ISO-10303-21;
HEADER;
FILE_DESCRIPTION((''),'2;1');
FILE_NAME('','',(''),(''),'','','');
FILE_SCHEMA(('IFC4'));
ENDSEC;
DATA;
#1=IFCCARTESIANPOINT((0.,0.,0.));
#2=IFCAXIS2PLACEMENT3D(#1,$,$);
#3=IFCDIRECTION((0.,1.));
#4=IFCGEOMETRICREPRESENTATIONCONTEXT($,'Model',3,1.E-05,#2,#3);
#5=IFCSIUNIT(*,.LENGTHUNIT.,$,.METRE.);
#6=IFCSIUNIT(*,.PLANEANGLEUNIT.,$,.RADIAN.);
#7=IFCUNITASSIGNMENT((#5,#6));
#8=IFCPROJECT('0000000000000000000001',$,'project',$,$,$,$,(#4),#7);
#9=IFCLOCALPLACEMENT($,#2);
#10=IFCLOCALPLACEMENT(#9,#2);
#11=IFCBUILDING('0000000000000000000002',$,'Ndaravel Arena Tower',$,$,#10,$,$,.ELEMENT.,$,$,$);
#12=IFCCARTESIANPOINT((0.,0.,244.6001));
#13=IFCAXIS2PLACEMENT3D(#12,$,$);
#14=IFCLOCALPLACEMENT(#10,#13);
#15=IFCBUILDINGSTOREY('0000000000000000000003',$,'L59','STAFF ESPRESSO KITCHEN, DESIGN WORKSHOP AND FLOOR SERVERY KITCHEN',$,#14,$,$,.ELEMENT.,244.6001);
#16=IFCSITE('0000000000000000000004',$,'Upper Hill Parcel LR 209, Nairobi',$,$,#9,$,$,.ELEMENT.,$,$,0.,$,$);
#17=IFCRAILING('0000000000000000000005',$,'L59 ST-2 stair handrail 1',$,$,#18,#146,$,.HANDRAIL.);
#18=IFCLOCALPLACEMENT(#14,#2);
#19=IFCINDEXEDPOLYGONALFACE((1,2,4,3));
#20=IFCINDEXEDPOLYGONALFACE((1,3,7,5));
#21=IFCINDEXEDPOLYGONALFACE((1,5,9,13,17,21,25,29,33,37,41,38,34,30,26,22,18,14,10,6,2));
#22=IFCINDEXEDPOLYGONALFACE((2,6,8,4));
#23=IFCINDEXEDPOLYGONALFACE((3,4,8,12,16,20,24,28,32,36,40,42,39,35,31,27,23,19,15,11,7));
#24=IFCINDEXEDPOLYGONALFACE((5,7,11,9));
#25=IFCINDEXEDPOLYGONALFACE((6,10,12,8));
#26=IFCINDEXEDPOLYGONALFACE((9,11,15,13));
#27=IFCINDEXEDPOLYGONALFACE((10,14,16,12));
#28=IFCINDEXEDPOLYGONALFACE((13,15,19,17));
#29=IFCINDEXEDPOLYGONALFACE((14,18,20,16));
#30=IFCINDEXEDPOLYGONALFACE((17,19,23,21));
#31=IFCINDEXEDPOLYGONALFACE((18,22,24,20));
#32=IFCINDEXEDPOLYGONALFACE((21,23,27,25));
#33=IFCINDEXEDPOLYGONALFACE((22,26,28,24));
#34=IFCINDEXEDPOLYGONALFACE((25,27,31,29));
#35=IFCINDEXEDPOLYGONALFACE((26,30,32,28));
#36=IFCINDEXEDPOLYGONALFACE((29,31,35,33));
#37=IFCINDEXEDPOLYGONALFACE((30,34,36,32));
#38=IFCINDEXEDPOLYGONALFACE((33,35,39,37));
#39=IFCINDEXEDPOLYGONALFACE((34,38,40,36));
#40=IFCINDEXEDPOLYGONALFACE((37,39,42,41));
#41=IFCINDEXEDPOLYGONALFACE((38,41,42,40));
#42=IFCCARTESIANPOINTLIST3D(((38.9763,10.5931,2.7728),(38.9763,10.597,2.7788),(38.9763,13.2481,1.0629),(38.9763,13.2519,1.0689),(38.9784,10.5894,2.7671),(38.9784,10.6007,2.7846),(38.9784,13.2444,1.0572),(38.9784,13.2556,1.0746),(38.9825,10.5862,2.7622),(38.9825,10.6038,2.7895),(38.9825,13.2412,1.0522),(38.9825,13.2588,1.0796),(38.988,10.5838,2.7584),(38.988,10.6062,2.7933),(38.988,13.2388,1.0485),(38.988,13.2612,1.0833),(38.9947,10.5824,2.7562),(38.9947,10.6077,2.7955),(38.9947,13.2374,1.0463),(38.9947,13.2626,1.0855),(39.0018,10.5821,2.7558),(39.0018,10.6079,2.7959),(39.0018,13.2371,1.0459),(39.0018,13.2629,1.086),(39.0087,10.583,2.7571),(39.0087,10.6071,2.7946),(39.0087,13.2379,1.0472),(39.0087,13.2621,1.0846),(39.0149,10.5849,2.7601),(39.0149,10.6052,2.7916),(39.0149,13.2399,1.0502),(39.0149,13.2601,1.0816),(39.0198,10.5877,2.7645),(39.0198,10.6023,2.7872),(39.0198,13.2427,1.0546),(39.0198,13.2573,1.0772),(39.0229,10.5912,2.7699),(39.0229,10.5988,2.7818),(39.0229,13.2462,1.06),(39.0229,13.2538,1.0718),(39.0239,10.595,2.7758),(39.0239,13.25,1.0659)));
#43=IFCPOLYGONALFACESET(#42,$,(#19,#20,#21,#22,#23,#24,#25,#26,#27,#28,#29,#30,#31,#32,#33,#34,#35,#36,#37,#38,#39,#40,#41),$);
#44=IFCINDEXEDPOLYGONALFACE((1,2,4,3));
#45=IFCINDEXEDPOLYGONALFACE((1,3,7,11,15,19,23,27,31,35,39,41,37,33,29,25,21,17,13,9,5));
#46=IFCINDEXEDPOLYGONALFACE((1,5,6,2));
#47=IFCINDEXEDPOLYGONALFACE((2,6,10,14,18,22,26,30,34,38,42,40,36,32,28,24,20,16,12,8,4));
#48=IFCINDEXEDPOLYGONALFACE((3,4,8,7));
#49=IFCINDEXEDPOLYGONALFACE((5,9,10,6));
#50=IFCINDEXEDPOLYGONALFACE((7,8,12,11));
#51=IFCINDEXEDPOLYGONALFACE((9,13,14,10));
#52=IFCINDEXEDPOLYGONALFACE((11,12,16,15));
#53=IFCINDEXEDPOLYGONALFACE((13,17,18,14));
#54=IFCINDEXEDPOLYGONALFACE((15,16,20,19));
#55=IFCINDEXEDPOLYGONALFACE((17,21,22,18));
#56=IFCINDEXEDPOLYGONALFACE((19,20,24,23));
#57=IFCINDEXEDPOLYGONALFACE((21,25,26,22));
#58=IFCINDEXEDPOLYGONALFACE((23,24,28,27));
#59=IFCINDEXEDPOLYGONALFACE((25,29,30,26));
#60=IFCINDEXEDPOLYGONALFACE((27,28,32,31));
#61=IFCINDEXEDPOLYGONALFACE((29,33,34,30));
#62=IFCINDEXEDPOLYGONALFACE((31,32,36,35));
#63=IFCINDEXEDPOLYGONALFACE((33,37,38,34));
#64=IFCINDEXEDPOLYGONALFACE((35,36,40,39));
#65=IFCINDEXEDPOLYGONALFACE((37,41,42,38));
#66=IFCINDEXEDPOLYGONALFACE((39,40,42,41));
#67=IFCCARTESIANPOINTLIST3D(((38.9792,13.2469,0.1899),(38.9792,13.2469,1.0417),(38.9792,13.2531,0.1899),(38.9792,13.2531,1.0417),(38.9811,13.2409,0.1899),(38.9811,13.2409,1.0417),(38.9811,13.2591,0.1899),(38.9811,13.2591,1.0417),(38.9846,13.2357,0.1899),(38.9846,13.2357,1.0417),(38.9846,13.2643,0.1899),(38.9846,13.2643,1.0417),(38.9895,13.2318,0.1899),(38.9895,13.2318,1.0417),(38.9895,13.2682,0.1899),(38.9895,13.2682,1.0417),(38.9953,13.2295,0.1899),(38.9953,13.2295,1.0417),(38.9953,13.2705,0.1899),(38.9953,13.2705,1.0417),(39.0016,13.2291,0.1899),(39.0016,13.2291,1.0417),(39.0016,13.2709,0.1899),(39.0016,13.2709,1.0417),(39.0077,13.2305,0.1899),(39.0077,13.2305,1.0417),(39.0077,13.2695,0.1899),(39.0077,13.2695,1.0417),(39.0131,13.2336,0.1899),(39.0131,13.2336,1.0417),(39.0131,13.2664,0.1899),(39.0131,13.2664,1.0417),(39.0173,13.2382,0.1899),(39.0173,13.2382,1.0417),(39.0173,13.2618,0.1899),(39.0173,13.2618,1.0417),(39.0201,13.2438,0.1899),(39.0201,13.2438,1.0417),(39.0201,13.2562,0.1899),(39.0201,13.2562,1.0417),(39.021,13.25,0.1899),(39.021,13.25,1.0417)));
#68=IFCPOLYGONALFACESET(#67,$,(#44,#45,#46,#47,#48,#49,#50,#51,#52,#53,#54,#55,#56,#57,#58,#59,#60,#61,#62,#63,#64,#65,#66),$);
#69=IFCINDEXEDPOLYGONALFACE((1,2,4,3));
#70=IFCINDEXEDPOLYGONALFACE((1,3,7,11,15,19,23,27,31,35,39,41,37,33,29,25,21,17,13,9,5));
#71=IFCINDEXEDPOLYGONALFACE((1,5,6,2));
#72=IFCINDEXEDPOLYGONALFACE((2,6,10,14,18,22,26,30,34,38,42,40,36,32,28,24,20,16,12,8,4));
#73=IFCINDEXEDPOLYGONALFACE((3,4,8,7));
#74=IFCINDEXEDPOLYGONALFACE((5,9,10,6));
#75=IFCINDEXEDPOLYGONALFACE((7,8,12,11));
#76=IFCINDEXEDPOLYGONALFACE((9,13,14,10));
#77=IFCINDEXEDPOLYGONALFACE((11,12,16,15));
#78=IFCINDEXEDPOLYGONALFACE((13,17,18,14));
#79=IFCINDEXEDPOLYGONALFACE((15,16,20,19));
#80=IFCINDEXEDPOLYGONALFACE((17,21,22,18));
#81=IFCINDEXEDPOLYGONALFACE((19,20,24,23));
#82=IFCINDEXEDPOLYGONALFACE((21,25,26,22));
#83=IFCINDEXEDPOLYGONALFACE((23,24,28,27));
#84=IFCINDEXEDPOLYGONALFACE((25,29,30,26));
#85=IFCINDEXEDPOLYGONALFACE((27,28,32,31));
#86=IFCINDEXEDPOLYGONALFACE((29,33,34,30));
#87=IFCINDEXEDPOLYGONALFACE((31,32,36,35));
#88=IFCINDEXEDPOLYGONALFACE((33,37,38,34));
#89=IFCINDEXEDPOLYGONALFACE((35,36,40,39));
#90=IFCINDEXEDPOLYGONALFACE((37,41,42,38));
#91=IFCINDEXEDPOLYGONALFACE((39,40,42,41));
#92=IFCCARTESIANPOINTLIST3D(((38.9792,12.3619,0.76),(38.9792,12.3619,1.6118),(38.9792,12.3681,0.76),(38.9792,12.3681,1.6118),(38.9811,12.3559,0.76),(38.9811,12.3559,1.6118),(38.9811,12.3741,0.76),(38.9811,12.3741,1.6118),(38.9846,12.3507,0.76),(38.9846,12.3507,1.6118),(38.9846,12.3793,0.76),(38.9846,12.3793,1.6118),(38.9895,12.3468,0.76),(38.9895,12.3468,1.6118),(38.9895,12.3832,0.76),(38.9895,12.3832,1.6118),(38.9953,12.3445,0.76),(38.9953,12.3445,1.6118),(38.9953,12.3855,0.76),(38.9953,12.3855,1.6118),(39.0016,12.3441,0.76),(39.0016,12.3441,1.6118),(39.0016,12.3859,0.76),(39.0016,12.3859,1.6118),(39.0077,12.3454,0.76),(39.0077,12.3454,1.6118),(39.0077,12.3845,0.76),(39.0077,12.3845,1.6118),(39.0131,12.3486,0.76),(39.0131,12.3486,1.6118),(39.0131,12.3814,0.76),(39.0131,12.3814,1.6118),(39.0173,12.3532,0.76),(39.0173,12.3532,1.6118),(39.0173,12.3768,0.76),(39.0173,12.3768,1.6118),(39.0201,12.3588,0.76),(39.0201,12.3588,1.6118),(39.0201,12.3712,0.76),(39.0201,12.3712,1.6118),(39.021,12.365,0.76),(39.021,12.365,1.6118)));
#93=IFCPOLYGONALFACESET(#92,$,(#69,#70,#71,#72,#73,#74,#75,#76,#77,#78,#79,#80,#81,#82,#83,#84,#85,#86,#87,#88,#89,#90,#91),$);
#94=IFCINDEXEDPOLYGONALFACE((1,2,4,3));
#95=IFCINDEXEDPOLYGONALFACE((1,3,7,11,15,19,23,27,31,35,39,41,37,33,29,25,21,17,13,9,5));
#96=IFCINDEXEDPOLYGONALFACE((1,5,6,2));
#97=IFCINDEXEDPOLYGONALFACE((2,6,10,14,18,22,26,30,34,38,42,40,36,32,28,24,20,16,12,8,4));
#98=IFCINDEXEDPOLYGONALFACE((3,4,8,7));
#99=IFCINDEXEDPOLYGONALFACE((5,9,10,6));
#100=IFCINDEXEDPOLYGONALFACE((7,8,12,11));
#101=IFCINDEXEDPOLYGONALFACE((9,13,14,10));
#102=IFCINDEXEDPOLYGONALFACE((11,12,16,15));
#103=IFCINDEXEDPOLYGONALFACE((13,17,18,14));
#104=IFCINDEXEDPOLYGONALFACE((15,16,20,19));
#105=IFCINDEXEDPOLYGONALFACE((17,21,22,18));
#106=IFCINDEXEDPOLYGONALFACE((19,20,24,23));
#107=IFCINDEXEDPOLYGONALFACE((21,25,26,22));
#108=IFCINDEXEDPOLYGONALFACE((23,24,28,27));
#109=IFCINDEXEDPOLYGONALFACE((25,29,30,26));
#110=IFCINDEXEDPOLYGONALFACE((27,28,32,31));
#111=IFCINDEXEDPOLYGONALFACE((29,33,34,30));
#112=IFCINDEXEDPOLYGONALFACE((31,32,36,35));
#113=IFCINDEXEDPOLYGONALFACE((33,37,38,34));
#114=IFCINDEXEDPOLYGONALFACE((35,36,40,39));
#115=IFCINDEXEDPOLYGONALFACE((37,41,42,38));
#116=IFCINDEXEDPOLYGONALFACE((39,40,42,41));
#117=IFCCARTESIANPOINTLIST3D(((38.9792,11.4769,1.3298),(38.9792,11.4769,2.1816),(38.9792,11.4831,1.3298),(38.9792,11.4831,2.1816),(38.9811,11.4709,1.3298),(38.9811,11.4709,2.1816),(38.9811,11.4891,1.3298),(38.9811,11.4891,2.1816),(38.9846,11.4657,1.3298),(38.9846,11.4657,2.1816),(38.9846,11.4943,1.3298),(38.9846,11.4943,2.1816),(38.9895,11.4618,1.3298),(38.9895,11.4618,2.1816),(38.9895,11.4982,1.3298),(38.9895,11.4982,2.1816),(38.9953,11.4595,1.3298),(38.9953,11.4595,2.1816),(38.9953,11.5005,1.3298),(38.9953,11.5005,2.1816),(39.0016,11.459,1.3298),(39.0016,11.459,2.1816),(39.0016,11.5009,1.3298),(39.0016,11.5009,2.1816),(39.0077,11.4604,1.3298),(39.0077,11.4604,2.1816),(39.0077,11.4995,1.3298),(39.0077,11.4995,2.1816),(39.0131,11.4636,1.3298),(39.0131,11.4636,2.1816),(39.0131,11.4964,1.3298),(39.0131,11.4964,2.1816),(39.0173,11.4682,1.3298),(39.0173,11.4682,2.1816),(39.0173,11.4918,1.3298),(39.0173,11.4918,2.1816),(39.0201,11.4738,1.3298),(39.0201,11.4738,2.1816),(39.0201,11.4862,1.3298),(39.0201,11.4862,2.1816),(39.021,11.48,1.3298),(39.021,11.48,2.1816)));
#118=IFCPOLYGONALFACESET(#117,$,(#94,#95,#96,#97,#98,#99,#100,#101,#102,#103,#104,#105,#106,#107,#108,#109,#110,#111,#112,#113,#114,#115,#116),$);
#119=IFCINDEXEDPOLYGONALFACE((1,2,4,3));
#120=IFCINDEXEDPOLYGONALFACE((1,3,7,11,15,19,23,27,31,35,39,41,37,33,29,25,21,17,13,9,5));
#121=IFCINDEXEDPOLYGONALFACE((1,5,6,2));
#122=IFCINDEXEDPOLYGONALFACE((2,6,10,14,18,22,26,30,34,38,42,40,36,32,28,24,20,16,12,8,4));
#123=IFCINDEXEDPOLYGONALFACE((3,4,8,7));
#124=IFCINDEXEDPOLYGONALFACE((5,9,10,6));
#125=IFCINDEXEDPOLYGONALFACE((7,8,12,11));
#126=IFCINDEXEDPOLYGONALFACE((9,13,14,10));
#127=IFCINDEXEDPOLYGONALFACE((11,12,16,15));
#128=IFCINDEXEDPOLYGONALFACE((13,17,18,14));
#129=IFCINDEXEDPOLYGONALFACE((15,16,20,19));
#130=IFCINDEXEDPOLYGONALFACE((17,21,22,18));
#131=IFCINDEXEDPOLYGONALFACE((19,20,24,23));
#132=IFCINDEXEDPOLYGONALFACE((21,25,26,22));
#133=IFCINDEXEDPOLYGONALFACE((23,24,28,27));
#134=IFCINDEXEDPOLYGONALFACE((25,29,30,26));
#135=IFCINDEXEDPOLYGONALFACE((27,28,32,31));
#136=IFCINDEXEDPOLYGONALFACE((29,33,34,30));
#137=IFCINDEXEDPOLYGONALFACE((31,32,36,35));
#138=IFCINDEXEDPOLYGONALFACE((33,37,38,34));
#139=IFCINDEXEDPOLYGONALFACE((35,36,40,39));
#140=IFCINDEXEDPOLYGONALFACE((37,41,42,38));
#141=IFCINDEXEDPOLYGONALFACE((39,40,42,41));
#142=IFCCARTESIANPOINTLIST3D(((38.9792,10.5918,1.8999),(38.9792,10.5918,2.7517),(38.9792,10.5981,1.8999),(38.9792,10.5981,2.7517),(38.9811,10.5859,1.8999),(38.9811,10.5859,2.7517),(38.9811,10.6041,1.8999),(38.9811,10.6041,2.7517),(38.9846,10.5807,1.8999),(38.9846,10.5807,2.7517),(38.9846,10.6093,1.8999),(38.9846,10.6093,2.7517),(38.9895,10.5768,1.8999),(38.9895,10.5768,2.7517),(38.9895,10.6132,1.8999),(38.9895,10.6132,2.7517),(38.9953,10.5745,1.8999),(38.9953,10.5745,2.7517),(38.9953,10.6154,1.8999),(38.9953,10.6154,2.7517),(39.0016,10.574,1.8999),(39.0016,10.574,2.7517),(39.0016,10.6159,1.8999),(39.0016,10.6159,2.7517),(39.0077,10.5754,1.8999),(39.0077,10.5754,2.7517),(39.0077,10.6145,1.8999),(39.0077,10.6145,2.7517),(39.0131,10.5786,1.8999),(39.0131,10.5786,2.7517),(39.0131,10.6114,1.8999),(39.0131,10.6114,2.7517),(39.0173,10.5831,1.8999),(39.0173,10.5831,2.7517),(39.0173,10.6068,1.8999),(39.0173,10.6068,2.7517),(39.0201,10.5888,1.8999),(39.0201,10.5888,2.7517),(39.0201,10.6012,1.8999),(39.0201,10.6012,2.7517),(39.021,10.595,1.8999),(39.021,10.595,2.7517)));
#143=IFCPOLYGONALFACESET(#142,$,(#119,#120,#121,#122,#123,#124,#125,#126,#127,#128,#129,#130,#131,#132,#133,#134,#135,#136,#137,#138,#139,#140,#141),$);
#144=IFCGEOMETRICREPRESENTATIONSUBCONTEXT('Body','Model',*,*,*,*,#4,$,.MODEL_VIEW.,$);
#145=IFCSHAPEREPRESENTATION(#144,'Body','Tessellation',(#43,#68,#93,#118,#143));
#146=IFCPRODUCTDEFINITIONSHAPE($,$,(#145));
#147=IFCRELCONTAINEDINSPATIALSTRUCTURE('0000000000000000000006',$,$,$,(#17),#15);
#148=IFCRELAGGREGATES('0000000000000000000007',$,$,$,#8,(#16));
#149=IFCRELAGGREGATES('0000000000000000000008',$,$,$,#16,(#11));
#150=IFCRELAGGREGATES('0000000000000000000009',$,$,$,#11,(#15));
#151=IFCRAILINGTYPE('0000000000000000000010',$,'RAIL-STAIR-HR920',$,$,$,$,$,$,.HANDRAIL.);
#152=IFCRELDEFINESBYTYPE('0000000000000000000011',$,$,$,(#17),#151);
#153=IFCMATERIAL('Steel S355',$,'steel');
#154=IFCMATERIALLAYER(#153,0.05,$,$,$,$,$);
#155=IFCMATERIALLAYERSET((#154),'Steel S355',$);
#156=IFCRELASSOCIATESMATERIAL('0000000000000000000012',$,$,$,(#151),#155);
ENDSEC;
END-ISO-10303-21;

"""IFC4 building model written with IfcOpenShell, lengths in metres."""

from ifc_helpers import new_model, si_unit, direction, frame, origin, origin_2d, place, context, subcontext, project, spatial, circle, extrude, material, layer, layer_set, type_object, element, save


model = new_model("IFC4")

# Units and contexts
model_context = context("Model", 3, precision=1e-05, world=origin(), true_north=direction((0.0, 1.0)))
body_context = subcontext(model_context, "Body", "Model", "MODEL_VIEW")
ifc_project = project(units=[si_unit("LENGTHUNIT", "METRE"), si_unit("PLANEANGLEUNIT", "RADIAN")], contexts=[model_context])

# Site, building, storey
site_placement = place(None, origin())
site = spatial("IfcSite", under=ifc_project, at=site_placement, Name="Upper Hill Parcel LR 209, Nairobi", CompositionType="ELEMENT", RefElevation=0.0)
building_placement = place(site_placement, origin())
building = spatial("IfcBuilding", under=site, at=building_placement, Name="Ndaravel Arena Tower", CompositionType="ELEMENT")
storey_placement = place(building_placement, frame((0.0, 0.0, 244.6001)))
storey = spatial("IfcBuildingStorey", under=building, at=storey_placement, Name="L59", Description="STAFF ESPRESSO KITCHEN, DESIGN WORKSHOP AND FLOOR SERVERY KITCHEN", CompositionType="ELEMENT", Elevation=244.6001)

# Railing
ifc_material_1 = material(Name="Steel S355", Category="steel")
ifc_layer_1 = layer(ifc_material_1, 0.05)
ifc_layer_set_1 = layer_set([ifc_layer_1], Name="Steel S355")
railing_type_1 = type_object("IfcRailingType", Name="RAIL-STAIR-HR920", PredefinedType="HANDRAIL", material=ifc_layer_set_1)
railing_1_placement = place(storey_placement, frame((39.0, 13.25, 0.1899)))
element("IfcRailing", 1, at=railing_1_placement, inside=storey, type_object=railing_type_1, Name="L59 ST-2 stair handrail 1", PredefinedType="HANDRAIL", context=body_context, shape_type="SweptSolid", body=[
    extrude(circle(Radius=0.0239, at=origin_2d()), frame((0.0, 0.0, 0.876), z_axis=(0.0, -0.840724, 0.541465), x_axis=(1.0, 0.0, 0.0)), (0.0, 0.0, 1.0), 3.158),
    extrude(circle(Radius=0.021, at=origin_2d()), origin(), (0.0, 0.0, 1.0), 0.8518),
    extrude(circle(Radius=0.021, at=origin_2d()), frame((0.0, -0.885, 0.5701)), (0.0, 0.0, 1.0), 0.8518),
    extrude(circle(Radius=0.021, at=origin_2d()), frame((0.0, -1.77, 1.1399)), (0.0, 0.0, 1.0), 0.8518),
    extrude(circle(Radius=0.021, at=origin_2d()), frame((0.0, -2.655, 1.71)), (0.0, 0.0, 1.0), 0.8518),
])

save(model, "model.ifc")
